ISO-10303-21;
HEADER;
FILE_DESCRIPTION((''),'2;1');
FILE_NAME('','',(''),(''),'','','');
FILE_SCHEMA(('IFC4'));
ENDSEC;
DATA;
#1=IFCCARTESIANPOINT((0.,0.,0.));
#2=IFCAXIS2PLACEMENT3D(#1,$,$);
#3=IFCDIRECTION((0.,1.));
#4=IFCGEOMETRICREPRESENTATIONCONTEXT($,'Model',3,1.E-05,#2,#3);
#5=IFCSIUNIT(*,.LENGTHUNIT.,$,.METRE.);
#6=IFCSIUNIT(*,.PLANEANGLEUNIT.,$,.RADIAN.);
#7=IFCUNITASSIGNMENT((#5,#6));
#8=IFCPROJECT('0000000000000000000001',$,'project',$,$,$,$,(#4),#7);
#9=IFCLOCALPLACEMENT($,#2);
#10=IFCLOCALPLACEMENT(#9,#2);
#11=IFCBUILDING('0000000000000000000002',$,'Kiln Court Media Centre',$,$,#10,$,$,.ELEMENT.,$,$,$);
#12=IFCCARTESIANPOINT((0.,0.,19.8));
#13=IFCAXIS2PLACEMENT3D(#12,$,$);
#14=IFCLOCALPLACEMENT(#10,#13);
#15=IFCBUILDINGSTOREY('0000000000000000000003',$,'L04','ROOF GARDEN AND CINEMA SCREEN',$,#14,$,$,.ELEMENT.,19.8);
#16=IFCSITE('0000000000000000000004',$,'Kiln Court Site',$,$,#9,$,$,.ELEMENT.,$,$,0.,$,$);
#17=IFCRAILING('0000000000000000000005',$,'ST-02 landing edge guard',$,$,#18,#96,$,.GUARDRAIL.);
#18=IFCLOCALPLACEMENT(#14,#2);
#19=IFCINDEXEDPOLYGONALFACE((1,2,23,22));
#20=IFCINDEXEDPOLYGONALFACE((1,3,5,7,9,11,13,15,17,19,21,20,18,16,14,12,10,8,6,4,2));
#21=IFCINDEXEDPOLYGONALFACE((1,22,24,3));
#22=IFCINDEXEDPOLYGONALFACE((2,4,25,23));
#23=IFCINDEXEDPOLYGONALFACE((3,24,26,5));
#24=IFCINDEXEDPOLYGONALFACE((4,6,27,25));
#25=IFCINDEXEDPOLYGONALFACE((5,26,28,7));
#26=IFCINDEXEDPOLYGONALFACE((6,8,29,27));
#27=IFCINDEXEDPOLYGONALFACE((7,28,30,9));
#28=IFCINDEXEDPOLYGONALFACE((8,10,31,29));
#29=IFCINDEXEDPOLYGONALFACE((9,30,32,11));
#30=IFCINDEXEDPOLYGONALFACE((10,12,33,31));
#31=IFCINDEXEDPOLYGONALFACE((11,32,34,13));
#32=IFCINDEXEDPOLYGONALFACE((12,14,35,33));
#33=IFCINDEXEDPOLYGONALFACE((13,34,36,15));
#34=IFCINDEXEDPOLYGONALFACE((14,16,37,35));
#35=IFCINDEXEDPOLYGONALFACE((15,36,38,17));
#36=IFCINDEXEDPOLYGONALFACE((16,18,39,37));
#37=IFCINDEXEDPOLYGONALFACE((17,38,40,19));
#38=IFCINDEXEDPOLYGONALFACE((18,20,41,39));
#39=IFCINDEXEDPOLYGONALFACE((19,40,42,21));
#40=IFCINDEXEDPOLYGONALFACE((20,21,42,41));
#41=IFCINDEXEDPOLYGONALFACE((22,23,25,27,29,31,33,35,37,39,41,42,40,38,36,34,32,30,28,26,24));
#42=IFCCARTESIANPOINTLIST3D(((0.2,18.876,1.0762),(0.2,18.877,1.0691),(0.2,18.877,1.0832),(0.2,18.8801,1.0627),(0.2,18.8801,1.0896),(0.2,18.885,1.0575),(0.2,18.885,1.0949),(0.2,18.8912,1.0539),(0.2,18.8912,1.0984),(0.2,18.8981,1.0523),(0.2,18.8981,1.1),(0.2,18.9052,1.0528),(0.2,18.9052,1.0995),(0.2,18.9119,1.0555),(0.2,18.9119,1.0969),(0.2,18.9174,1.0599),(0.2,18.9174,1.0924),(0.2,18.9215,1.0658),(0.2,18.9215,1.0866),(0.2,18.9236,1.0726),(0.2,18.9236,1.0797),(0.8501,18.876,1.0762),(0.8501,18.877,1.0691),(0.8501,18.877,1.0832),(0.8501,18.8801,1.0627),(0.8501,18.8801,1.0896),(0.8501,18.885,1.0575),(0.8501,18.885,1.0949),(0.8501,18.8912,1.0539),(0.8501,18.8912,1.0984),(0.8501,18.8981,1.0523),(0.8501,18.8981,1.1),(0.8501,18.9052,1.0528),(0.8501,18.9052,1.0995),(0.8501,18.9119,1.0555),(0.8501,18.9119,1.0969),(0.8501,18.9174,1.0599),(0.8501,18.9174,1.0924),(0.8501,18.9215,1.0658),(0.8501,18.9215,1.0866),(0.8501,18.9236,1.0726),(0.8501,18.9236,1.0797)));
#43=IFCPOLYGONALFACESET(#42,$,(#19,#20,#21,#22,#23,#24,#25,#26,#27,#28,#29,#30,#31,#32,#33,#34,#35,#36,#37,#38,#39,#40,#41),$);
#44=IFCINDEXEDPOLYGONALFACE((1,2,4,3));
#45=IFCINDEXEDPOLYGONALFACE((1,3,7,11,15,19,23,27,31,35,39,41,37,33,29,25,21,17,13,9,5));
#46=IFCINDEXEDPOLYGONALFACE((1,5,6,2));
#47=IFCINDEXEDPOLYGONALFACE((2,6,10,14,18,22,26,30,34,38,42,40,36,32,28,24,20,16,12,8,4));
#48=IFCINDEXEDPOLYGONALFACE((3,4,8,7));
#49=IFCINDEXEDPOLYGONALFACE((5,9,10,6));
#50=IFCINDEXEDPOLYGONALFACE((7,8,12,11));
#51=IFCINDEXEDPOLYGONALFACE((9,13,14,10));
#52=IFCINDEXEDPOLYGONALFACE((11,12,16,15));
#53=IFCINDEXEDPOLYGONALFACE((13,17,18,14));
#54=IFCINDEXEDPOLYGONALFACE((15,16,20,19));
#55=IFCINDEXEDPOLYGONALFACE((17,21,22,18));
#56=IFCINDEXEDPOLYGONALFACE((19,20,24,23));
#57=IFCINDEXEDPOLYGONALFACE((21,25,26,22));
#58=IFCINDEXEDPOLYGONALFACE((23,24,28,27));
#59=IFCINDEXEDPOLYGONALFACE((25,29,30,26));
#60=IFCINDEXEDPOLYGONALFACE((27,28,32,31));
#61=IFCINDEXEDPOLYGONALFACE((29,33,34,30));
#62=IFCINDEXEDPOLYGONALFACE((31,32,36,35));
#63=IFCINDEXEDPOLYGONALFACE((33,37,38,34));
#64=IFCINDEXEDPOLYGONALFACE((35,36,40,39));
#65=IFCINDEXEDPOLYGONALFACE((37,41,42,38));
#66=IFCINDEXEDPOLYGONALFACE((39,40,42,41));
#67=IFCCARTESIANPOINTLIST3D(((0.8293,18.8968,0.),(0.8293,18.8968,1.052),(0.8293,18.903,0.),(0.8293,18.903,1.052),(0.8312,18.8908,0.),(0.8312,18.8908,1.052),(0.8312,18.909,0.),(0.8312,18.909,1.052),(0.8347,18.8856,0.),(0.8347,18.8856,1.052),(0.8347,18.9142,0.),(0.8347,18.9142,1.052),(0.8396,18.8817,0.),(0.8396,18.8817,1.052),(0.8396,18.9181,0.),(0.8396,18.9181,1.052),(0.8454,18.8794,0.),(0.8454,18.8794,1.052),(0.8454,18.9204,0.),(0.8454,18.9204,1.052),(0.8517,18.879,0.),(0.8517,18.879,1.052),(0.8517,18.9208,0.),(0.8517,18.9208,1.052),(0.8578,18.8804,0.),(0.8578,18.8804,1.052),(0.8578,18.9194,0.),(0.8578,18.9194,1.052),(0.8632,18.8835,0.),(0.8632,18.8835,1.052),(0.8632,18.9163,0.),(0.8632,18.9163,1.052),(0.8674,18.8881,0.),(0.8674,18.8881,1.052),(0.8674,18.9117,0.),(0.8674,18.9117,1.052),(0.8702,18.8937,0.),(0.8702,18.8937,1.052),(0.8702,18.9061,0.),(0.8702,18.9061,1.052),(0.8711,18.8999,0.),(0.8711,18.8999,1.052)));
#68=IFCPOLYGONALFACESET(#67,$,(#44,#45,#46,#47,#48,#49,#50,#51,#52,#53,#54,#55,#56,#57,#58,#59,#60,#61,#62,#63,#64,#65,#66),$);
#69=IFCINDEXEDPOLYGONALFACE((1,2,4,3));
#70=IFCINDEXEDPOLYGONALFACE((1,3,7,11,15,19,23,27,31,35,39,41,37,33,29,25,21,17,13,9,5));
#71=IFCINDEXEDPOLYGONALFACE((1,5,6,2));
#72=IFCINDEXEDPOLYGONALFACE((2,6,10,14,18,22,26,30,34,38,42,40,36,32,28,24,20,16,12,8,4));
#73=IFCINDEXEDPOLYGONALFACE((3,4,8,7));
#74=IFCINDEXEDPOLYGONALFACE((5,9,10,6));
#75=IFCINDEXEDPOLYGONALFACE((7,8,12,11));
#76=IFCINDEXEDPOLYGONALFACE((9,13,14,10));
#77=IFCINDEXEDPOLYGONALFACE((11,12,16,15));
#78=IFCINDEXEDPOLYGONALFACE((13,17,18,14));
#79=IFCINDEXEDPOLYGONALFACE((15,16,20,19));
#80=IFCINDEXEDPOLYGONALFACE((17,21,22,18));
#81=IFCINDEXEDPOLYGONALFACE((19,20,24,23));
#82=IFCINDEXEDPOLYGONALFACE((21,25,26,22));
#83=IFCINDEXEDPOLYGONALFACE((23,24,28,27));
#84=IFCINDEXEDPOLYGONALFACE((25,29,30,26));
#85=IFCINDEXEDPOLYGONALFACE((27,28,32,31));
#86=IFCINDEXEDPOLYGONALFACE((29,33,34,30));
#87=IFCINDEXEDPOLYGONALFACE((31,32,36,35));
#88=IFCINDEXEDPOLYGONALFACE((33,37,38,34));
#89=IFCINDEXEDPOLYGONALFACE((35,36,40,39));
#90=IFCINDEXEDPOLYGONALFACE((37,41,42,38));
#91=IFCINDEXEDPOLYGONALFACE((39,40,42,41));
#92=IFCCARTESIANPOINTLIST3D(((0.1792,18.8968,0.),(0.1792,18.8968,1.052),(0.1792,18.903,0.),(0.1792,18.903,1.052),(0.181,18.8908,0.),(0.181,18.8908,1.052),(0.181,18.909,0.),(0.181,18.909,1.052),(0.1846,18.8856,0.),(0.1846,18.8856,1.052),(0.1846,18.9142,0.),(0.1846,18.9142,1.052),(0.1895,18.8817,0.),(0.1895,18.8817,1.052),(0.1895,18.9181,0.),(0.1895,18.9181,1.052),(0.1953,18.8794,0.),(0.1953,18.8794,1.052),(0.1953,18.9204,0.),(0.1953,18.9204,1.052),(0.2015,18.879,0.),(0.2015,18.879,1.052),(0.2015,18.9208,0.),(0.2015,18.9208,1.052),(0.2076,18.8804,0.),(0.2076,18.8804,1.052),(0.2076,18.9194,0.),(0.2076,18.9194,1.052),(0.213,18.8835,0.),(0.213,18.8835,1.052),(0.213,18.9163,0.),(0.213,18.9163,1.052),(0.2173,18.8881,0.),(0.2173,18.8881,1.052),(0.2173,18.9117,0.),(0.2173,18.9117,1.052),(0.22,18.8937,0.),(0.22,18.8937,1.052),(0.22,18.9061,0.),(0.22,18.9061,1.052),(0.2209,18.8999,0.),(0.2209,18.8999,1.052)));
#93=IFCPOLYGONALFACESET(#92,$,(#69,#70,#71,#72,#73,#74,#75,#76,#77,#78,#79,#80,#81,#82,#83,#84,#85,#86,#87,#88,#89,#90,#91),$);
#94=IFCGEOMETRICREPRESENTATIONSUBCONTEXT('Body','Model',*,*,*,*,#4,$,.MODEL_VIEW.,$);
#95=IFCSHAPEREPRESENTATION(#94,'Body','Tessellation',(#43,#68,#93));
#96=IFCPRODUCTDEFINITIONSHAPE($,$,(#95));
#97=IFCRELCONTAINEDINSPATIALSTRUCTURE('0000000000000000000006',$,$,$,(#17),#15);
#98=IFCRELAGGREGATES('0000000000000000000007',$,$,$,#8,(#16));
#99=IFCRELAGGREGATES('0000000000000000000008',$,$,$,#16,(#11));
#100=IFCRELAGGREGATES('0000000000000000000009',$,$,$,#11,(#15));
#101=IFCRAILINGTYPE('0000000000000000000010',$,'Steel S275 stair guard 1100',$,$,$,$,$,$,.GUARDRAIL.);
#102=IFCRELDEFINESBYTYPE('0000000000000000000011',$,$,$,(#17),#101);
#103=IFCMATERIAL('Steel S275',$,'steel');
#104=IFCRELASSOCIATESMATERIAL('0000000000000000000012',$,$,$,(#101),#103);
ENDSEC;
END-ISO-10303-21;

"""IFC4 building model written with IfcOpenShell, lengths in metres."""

from ifc_helpers import new_model, si_unit, direction, frame, origin, origin_2d, place, context, subcontext, project, spatial, circle, extrude, material, type_object, element, save


model = new_model("IFC4")

# Units and contexts
model_context = context("Model", 3, precision=1e-05, world=origin(), true_north=direction((0.0, 1.0)))
body_context = subcontext(model_context, "Body", "Model", "MODEL_VIEW")
ifc_project = project(units=[si_unit("LENGTHUNIT", "METRE"), si_unit("PLANEANGLEUNIT", "RADIAN")], contexts=[model_context])

# Site, building, storey
site_placement = place(None, origin())
site = spatial("IfcSite", under=ifc_project, at=site_placement, Name="Kiln Court Site", CompositionType="ELEMENT", RefElevation=0.0)
building_placement = place(site_placement, origin())
building = spatial("IfcBuilding", under=site, at=building_placement, Name="Kiln Court Media Centre", CompositionType="ELEMENT")
storey_placement = place(building_placement, frame((0.0, 0.0, 19.8)))
storey = spatial("IfcBuildingStorey", under=building, at=storey_placement, Name="L04", Description="ROOF GARDEN AND CINEMA SCREEN", CompositionType="ELEMENT", Elevation=19.8)

# Railing
ifc_material_1 = material(Name="Steel S275", Category="steel")
railing_type_1 = type_object("IfcRailingType", Name="Steel S275 stair guard 1100", PredefinedType="GUARDRAIL", material=ifc_material_1)
railing_1_placement = place(storey_placement, frame((0.8501, 18.8999, 0.0)))
element("IfcRailing", 1, at=railing_1_placement, inside=storey, type_object=railing_type_1, Name="ST-02 landing edge guard", PredefinedType="GUARDRAIL", context=body_context, shape_type="SweptSolid", body=[
    extrude(circle(Radius=0.0239, at=origin_2d()), frame((0.0, 0.0, 1.0762), z_axis=(-1.0, 0.0, 0.0), x_axis=(0.0, -1.0, 0.0)), (0.0, 0.0, 1.0), 0.6501),
    extrude(circle(Radius=0.021, at=origin_2d()), origin(), (0.0, 0.0, 1.0), 1.052),
    extrude(circle(Radius=0.021, at=origin_2d()), frame((-0.6501, 0.0, 0.0)), (0.0, 0.0, 1.0), 1.052),
])

save(model, "model.ifc")
